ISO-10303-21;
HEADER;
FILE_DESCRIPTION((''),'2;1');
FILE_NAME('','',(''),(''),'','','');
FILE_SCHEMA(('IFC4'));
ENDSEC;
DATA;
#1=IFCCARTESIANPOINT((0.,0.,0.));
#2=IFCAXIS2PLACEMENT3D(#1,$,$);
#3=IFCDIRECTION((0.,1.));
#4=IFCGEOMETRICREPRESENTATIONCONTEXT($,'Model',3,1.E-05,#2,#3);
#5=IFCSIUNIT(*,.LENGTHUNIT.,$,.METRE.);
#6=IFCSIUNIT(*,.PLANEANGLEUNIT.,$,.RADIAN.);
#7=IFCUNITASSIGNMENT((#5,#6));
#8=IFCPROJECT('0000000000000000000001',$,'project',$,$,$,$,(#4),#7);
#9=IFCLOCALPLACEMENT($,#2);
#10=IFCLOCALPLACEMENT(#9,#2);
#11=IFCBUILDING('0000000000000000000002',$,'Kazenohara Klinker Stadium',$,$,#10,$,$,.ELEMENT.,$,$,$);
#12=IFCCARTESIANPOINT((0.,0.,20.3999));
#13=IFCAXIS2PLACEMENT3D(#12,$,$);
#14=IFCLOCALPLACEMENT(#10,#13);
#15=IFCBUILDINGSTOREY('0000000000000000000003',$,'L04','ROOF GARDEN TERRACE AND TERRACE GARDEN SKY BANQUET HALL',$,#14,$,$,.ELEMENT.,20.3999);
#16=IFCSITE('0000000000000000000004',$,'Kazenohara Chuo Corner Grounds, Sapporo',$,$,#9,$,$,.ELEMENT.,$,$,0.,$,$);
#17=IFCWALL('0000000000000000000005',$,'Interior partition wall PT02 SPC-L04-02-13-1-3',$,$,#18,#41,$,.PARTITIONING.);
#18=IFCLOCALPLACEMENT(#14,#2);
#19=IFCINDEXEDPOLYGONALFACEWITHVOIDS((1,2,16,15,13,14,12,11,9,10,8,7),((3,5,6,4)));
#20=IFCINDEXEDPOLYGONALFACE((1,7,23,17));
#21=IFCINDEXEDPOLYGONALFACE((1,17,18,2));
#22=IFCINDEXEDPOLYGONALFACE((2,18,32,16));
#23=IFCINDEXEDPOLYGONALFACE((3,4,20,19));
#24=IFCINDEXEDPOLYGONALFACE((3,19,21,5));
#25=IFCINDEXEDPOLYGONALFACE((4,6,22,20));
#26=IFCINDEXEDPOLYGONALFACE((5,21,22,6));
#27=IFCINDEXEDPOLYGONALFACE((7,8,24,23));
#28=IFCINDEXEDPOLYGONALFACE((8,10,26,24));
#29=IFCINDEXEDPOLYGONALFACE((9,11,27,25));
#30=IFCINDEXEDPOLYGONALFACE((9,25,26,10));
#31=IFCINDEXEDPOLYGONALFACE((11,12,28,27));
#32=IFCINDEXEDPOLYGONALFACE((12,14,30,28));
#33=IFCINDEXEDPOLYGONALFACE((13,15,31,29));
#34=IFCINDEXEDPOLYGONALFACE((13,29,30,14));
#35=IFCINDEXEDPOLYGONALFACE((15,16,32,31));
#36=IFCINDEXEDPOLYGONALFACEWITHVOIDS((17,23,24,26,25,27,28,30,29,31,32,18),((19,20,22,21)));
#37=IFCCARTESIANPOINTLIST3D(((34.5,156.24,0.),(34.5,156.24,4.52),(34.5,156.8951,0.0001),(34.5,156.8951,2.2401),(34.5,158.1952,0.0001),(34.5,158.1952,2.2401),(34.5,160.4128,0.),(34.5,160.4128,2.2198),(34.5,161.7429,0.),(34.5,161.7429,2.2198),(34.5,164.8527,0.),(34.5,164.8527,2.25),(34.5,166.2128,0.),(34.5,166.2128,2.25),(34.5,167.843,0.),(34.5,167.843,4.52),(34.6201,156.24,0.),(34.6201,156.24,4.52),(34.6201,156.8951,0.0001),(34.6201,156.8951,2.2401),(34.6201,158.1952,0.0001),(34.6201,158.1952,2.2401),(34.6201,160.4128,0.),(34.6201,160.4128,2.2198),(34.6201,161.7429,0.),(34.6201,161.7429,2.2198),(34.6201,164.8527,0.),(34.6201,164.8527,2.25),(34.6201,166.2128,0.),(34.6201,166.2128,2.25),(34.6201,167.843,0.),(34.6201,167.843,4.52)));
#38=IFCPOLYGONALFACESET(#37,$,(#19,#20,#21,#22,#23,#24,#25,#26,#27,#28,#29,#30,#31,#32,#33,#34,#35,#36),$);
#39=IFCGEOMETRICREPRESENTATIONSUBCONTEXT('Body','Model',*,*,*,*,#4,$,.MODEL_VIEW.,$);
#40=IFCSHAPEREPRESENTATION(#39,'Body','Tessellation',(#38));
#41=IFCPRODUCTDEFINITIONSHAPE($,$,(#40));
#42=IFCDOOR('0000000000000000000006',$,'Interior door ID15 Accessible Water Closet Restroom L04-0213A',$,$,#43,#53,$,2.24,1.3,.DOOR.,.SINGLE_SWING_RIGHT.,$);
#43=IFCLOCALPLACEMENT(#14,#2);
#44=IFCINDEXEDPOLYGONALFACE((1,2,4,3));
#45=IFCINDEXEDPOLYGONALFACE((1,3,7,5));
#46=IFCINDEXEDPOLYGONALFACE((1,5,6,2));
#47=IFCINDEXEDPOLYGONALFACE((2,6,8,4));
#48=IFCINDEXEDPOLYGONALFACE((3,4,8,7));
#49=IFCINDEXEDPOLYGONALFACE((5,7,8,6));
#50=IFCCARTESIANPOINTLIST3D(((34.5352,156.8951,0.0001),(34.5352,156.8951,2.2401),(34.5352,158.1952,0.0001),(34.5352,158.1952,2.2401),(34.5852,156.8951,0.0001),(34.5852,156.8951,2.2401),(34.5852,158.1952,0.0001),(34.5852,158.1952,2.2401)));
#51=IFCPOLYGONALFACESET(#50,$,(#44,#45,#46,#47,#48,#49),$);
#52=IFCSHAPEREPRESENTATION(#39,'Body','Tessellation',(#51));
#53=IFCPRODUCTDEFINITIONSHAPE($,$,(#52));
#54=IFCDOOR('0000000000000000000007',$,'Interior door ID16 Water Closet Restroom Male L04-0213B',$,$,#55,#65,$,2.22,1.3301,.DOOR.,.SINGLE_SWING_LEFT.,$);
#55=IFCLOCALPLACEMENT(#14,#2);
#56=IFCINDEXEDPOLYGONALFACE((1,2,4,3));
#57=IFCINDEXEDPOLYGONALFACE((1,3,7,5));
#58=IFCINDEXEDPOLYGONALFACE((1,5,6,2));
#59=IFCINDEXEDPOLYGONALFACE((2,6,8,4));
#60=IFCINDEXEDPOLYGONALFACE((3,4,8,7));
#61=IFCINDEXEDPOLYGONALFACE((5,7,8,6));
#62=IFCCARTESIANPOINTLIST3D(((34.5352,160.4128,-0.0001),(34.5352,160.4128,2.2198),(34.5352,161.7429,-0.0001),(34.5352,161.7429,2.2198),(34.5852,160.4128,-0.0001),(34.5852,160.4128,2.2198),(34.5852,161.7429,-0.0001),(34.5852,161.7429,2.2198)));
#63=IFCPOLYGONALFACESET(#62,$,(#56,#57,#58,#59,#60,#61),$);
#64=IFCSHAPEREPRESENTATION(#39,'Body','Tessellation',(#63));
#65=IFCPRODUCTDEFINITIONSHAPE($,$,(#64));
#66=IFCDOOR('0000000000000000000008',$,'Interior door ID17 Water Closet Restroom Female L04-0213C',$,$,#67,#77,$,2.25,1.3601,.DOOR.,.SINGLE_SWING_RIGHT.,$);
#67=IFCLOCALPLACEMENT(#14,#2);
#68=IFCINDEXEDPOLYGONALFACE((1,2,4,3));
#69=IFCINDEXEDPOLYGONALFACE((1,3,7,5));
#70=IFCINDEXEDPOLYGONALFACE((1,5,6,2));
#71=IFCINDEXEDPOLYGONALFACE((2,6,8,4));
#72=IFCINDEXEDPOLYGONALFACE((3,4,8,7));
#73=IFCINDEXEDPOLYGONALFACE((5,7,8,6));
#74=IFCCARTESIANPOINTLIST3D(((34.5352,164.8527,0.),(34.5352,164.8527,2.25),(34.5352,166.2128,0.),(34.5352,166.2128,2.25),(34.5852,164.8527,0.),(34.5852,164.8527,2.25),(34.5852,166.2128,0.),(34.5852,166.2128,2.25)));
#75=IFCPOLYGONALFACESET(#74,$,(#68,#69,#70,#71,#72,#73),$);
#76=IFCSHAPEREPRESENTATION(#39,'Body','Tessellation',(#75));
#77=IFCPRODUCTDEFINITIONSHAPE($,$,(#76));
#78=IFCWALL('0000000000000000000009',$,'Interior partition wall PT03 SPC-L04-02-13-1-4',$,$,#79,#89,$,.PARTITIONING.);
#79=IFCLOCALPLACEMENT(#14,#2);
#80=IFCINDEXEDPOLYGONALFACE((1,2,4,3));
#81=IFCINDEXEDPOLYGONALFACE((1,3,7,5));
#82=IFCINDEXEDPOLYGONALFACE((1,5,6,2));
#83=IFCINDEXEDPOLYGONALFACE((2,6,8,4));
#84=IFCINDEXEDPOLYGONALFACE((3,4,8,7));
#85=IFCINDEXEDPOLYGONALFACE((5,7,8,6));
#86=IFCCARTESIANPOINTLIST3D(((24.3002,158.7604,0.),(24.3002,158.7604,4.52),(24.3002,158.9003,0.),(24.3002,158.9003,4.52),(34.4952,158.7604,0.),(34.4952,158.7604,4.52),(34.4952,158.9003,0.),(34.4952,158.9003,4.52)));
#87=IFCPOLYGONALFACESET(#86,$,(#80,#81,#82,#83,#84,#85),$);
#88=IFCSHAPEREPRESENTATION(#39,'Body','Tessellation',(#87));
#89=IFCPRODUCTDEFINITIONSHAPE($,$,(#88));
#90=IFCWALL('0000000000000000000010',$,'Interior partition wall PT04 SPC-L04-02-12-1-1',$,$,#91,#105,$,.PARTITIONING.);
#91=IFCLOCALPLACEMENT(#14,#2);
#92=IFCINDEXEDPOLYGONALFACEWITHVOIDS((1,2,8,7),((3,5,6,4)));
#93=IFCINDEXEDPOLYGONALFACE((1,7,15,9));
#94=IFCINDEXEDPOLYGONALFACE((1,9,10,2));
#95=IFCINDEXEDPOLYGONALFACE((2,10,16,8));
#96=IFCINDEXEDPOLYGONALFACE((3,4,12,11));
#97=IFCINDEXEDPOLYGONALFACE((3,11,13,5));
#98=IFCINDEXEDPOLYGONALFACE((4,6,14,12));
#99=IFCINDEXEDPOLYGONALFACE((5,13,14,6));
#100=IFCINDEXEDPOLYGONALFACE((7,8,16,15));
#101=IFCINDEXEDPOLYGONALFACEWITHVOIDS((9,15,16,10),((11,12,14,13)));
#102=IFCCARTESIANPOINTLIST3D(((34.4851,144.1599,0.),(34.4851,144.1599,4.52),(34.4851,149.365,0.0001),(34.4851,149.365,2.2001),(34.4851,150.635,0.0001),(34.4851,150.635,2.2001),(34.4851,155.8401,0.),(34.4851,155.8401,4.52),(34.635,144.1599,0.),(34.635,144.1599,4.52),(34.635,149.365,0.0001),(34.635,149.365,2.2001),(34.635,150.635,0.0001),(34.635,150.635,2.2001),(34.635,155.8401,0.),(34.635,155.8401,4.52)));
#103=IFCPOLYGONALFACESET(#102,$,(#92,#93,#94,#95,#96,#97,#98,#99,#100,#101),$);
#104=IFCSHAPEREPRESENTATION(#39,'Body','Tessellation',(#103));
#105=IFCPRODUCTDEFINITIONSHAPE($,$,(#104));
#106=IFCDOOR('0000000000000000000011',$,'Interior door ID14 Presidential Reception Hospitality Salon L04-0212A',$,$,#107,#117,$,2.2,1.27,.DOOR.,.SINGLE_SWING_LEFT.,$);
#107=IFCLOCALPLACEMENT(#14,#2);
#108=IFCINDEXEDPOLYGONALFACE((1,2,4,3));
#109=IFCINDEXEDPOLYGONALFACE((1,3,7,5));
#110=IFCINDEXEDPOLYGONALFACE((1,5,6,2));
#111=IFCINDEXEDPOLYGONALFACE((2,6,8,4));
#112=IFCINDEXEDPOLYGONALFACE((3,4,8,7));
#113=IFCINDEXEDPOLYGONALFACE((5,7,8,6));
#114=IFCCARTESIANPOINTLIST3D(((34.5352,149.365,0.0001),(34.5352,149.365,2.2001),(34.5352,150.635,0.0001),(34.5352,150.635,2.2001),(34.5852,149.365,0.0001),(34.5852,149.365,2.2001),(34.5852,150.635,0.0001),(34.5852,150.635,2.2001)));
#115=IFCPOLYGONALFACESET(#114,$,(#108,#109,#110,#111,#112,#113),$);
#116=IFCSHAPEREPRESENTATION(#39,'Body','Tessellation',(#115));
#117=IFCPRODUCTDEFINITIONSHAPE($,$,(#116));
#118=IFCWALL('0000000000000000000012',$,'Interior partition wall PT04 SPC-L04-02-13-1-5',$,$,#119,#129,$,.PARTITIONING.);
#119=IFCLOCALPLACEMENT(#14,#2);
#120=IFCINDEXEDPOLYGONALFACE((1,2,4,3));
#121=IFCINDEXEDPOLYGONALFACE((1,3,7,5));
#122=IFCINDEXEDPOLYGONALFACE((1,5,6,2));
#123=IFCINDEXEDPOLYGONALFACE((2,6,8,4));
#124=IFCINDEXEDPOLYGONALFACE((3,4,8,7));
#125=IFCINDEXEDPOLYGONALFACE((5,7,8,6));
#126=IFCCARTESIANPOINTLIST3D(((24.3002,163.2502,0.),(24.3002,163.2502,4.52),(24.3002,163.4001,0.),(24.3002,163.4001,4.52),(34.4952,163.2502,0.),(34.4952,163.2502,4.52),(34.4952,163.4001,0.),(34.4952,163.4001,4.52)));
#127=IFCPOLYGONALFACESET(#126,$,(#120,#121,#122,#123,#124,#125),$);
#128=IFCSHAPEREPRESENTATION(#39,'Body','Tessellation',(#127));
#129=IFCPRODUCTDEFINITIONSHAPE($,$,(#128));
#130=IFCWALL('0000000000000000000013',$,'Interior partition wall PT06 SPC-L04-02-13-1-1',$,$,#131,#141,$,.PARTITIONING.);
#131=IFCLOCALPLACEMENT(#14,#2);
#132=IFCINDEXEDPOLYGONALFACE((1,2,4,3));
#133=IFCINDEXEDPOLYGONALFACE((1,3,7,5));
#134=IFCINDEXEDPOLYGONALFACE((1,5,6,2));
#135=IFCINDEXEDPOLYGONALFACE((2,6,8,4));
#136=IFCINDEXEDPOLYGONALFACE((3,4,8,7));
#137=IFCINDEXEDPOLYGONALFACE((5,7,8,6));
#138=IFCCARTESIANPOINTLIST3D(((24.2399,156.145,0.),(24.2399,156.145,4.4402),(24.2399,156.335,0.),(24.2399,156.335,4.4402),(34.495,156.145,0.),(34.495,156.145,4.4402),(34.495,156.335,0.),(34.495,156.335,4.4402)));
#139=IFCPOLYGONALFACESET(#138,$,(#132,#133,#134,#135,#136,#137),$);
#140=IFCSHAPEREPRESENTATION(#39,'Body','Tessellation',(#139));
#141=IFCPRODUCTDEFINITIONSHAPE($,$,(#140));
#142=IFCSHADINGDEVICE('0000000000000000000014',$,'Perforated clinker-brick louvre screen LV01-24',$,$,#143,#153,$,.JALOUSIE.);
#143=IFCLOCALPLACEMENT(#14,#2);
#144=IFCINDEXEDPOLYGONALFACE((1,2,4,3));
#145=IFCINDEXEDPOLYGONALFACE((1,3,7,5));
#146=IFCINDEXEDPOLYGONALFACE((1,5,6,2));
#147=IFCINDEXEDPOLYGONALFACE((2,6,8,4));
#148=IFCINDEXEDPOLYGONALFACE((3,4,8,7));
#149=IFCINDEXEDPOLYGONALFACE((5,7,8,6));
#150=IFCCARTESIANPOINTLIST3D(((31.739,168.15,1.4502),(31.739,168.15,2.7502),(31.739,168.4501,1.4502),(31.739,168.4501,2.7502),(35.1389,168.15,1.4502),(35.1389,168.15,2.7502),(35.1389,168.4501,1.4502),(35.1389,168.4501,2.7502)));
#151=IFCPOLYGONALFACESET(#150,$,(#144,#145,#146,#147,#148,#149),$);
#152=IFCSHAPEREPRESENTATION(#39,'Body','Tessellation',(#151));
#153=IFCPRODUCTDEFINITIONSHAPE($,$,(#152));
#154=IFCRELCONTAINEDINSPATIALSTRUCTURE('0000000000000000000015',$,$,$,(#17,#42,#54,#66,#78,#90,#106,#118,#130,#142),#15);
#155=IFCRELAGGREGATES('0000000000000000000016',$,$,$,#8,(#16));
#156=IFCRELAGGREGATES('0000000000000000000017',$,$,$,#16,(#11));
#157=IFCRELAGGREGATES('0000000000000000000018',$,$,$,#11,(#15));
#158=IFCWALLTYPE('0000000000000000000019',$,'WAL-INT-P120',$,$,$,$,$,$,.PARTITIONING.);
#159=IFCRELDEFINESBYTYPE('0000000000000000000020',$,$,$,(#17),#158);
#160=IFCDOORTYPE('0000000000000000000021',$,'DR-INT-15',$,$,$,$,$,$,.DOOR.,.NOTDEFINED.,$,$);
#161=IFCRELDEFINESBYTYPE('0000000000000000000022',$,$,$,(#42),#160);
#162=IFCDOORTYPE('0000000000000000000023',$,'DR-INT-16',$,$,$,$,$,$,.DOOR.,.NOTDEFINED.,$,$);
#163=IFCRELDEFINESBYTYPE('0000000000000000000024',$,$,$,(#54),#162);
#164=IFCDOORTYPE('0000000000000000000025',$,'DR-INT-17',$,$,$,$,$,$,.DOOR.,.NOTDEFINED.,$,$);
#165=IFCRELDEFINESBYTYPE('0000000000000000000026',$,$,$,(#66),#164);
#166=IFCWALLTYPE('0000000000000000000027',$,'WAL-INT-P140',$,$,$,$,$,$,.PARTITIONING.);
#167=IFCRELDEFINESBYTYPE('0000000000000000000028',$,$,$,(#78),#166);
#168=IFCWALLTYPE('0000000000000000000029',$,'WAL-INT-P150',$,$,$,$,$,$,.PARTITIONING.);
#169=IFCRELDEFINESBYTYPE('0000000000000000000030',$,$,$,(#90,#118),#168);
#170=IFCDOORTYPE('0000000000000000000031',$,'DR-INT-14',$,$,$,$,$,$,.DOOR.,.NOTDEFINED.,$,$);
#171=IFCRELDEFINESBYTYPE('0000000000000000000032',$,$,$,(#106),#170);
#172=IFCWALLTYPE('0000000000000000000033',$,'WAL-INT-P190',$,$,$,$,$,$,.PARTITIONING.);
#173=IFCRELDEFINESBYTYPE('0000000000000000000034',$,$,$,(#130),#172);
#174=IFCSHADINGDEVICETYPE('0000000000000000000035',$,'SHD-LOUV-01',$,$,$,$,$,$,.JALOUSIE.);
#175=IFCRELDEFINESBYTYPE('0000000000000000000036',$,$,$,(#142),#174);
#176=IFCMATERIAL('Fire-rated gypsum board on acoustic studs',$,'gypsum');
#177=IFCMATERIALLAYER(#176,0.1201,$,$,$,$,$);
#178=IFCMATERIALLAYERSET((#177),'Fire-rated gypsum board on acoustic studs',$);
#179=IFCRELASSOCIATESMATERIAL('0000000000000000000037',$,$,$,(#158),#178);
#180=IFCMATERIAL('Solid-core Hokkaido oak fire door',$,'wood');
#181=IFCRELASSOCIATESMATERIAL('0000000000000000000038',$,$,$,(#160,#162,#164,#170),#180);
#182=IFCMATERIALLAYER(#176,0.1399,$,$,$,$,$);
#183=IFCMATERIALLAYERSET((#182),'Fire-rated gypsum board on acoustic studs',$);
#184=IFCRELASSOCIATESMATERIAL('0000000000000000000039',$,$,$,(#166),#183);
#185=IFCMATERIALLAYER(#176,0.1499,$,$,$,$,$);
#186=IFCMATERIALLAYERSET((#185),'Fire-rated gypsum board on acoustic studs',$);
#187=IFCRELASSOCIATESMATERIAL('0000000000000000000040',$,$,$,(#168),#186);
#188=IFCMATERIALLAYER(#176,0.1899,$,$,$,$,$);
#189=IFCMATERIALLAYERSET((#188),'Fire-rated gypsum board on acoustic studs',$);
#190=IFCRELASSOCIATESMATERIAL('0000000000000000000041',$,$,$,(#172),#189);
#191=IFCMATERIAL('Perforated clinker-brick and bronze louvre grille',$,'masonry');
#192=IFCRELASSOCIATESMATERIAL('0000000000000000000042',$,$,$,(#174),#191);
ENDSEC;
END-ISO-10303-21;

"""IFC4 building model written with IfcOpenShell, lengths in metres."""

from ifc_helpers import new_model, si_unit, direction, frame, frame_2d, origin, origin_2d, place, context, subcontext, project, spatial, rectangle, extrude, material, layer, layer_set, type_object, element, fill, save


model = new_model("IFC4")

# Units and contexts
model_context = context("Model", 3, precision=1e-05, world=origin(), true_north=direction((0.0, 1.0)))
body_context = subcontext(model_context, "Body", "Model", "MODEL_VIEW")
ifc_project = project(units=[si_unit("LENGTHUNIT", "METRE"), si_unit("PLANEANGLEUNIT", "RADIAN")], contexts=[model_context])

# Site, building, storey
site_placement = place(None, origin())
site = spatial("IfcSite", under=ifc_project, at=site_placement, Name="Kazenohara Chuo Corner Grounds, Sapporo", CompositionType="ELEMENT", RefElevation=0.0)
building_placement = place(site_placement, origin())
building = spatial("IfcBuilding", under=site, at=building_placement, Name="Kazenohara Klinker Stadium", CompositionType="ELEMENT")
storey_placement = place(building_placement, frame((0.0, 0.0, 20.3999)))
storey = spatial("IfcBuildingStorey", under=building, at=storey_placement, Name="L04", Description="ROOF GARDEN TERRACE AND TERRACE GARDEN SKY BANQUET HALL", CompositionType="ELEMENT", Elevation=20.3999)

# Shared definitions
ifc_material_1 = material(Name="Fire-rated gypsum board on acoustic studs", Category="gypsum")

# Wall, openings, doors
ifc_layer_1 = layer(ifc_material_1, 0.1201)
ifc_layer_set_1 = layer_set([ifc_layer_1], Name="Fire-rated gypsum board on acoustic studs")
wall_type_1 = type_object("IfcWallType", Name="WAL-INT-P120", PredefinedType="PARTITIONING", material=ifc_layer_set_1)
wall_1_placement = place(storey_placement, frame((34.5601, 156.24, 0.0), z_axis=(0.0, 0.0, 1.0), x_axis=(0.0, 1.0, 0.0)))
wall_1 = element("IfcWall", 1, at=wall_1_placement, inside=storey, type_object=wall_type_1, Name="Interior partition wall PT02 SPC-L04-02-13-1-3", PredefinedType="PARTITIONING", context=body_context, shape_type="SweptSolid", body=[
    extrude(rectangle(XDim=11.603, YDim=0.1201, at=frame_2d((5.8015, 0.0))), origin(), (0.0, 0.0, 1.0), 4.52),
])
opening_1_placement = place(wall_1_placement, frame((0.6553, 0.0, 0.0)))
opening_1 = element("IfcOpeningElement", 2, at=opening_1_placement, cuts=wall_1, PredefinedType="OPENING", context=body_context, shape_type="SweptSolid", body=[
    extrude(rectangle(XDim=1.3, YDim=2.24, at=frame_2d((0.6499, 1.1201))), frame((0.0, 0.0701, 0.0), z_axis=(0.0, -1.0, 0.0), x_axis=(1.0, 0.0, 0.0)), (0.0, 0.0, 1.0), 0.1401),
])
opening_2_placement = place(wall_1_placement, frame((4.1729, 0.0, 0.0)))
opening_2 = element("IfcOpeningElement", 3, at=opening_2_placement, cuts=wall_1, PredefinedType="OPENING", context=body_context, shape_type="SweptSolid", body=[
    extrude(rectangle(XDim=1.3301, YDim=2.22, at=frame_2d((0.665, 1.1099))), frame((0.0, 0.0701, 0.0), z_axis=(0.0, -1.0, 0.0), x_axis=(1.0, 0.0, 0.0)), (0.0, 0.0, 1.0), 0.1401),
])
opening_3_placement = place(wall_1_placement, frame((8.6125, 0.0, 0.0)))
opening_3 = element("IfcOpeningElement", 4, at=opening_3_placement, cuts=wall_1, PredefinedType="OPENING", context=body_context, shape_type="SweptSolid", body=[
    extrude(rectangle(XDim=1.3601, YDim=2.25, at=frame_2d((0.6802, 1.125))), frame((0.0, 0.0701, 0.0), z_axis=(0.0, -1.0, 0.0), x_axis=(1.0, 0.0, 0.0)), (0.0, 0.0, 1.0), 0.1401),
])
ifc_material_2 = material(Name="Solid-core Hokkaido oak fire door", Category="wood")
door_type_1 = type_object("IfcDoorType", Name="DR-INT-15", OperationType="NOTDEFINED", PredefinedType="DOOR", material=ifc_material_2)
door_1_placement = place(opening_1_placement, origin())
door_1 = element("IfcDoor", 5, at=door_1_placement, inside=storey, type_object=door_type_1, Name="Interior door ID15 Accessible Water Closet Restroom L04-0213A", OperationType="SINGLE_SWING_RIGHT", OverallHeight=2.24, OverallWidth=1.3, PredefinedType="DOOR", context=body_context, shape_type="SweptSolid", body=[
    extrude(rectangle(XDim=1.3, YDim=2.24, at=frame_2d((0.6499, 1.1201))), frame((0.0, 0.0249, 0.0), z_axis=(0.0, -1.0, 0.0), x_axis=(1.0, 0.0, 0.0)), (0.0, 0.0, 1.0), 0.05),
])
fill(opening_1, door_1)
door_type_2 = type_object("IfcDoorType", Name="DR-INT-16", OperationType="NOTDEFINED", PredefinedType="DOOR", material=ifc_material_2)
door_2_placement = place(opening_2_placement, origin())
door_2 = element("IfcDoor", 6, at=door_2_placement, inside=storey, type_object=door_type_2, Name="Interior door ID16 Water Closet Restroom Male L04-0213B", OperationType="SINGLE_SWING_LEFT", OverallHeight=2.22, OverallWidth=1.3301, PredefinedType="DOOR", context=body_context, shape_type="SweptSolid", body=[
    extrude(rectangle(XDim=1.3301, YDim=2.22, at=frame_2d((0.665, 1.1099))), frame((0.0, 0.0249, 0.0), z_axis=(0.0, -1.0, 0.0), x_axis=(1.0, 0.0, 0.0)), (0.0, 0.0, 1.0), 0.05),
])
fill(opening_2, door_2)
door_type_3 = type_object("IfcDoorType", Name="DR-INT-17", OperationType="NOTDEFINED", PredefinedType="DOOR", material=ifc_material_2)
door_3_placement = place(opening_3_placement, origin())
door_3 = element("IfcDoor", 7, at=door_3_placement, inside=storey, type_object=door_type_3, Name="Interior door ID17 Water Closet Restroom Female L04-0213C", OperationType="SINGLE_SWING_RIGHT", OverallHeight=2.25, OverallWidth=1.3601, PredefinedType="DOOR", context=body_context, shape_type="SweptSolid", body=[
    extrude(rectangle(XDim=1.3601, YDim=2.25, at=frame_2d((0.6802, 1.125))), frame((0.0, 0.0249, 0.0), z_axis=(0.0, -1.0, 0.0), x_axis=(1.0, 0.0, 0.0)), (0.0, 0.0, 1.0), 0.05),
])
fill(opening_3, door_3)

# Wall
ifc_layer_2 = layer(ifc_material_1, 0.1399)
ifc_layer_set_2 = layer_set([ifc_layer_2], Name="Fire-rated gypsum board on acoustic studs")
wall_type_2 = type_object("IfcWallType", Name="WAL-INT-P140", PredefinedType="PARTITIONING", material=ifc_layer_set_2)
wall_2_placement = place(storey_placement, frame((24.3, 158.8303, 0.0), z_axis=(0.0, 0.0, 1.0), x_axis=(1.0, 0.0, 0.0)))
element("IfcWall", 8, at=wall_2_placement, inside=storey, type_object=wall_type_2, Name="Interior partition wall PT03 SPC-L04-02-13-1-4", PredefinedType="PARTITIONING", context=body_context, shape_type="SweptSolid", body=[
    extrude(rectangle(XDim=10.1951, YDim=0.1399, at=frame_2d((5.0977, 0.0))), origin(), (0.0, 0.0, 1.0), 4.52),
])

# Wall, opening, door
ifc_layer_3 = layer(ifc_material_1, 0.1499)
ifc_layer_set_3 = layer_set([ifc_layer_3], Name="Fire-rated gypsum board on acoustic studs")
wall_type_3 = type_object("IfcWallType", Name="WAL-INT-P150", PredefinedType="PARTITIONING", material=ifc_layer_set_3)
wall_3_placement = place(storey_placement, frame((34.5601, 144.1599, 0.0), z_axis=(0.0, 0.0, 1.0), x_axis=(0.0, 1.0, 0.0)))
wall_3 = element("IfcWall", 9, at=wall_3_placement, inside=storey, type_object=wall_type_3, Name="Interior partition wall PT04 SPC-L04-02-12-1-1", PredefinedType="PARTITIONING", context=body_context, shape_type="SweptSolid", body=[
    extrude(rectangle(XDim=11.6802, YDim=0.1499, at=frame_2d((5.8401, 0.0))), origin(), (0.0, 0.0, 1.0), 4.52),
])
opening_4_placement = place(wall_3_placement, frame((5.2051, 0.0, 0.0)))
opening_4 = element("IfcOpeningElement", 10, at=opening_4_placement, cuts=wall_3, PredefinedType="OPENING", context=body_context, shape_type="SweptSolid", body=[
    extrude(rectangle(XDim=1.27, YDim=2.2, at=frame_2d((0.635, 1.1001))), frame((0.0, 0.085, 0.0), z_axis=(0.0, -1.0, 0.0), x_axis=(1.0, 0.0, 0.0)), (0.0, 0.0, 1.0), 0.1699),
])
door_type_4 = type_object("IfcDoorType", Name="DR-INT-14", OperationType="NOTDEFINED", PredefinedType="DOOR", material=ifc_material_2)
door_4_placement = place(opening_4_placement, origin())
door_4 = element("IfcDoor", 11, at=door_4_placement, inside=storey, type_object=door_type_4, Name="Interior door ID14 Presidential Reception Hospitality Salon L04-0212A", OperationType="SINGLE_SWING_LEFT", OverallHeight=2.2, OverallWidth=1.27, PredefinedType="DOOR", context=body_context, shape_type="SweptSolid", body=[
    extrude(rectangle(XDim=1.27, YDim=2.2, at=frame_2d((0.635, 1.1001))), frame((0.0, 0.0249, 0.0), z_axis=(0.0, -1.0, 0.0), x_axis=(1.0, 0.0, 0.0)), (0.0, 0.0, 1.0), 0.05),
])
fill(opening_4, door_4)

# Walls
wall_4_placement = place(storey_placement, frame((24.3, 163.3252, 0.0), z_axis=(0.0, 0.0, 1.0), x_axis=(1.0, 0.0, 0.0)))
element("IfcWall", 12, at=wall_4_placement, inside=storey, type_object=wall_type_3, Name="Interior partition wall PT04 SPC-L04-02-13-1-5", PredefinedType="PARTITIONING", context=body_context, shape_type="SweptSolid", body=[
    extrude(rectangle(XDim=10.1951, YDim=0.1499, at=frame_2d((5.0977, 0.0))), origin(), (0.0, 0.0, 1.0), 4.52),
])
ifc_layer_4 = layer(ifc_material_1, 0.1899)
ifc_layer_set_4 = layer_set([ifc_layer_4], Name="Fire-rated gypsum board on acoustic studs")
wall_type_4 = type_object("IfcWallType", Name="WAL-INT-P190", PredefinedType="PARTITIONING", material=ifc_layer_set_4)
wall_5_placement = place(storey_placement, frame((24.24, 156.24, 0.0), z_axis=(0.0, 0.0, 1.0), x_axis=(1.0, 0.0, 0.0)))
element("IfcWall", 13, at=wall_5_placement, inside=storey, type_object=wall_type_4, Name="Interior partition wall PT06 SPC-L04-02-13-1-1", PredefinedType="PARTITIONING", context=body_context, shape_type="SweptSolid", body=[
    extrude(rectangle(XDim=10.2551, YDim=0.1899, at=frame_2d((5.1274, 0.0))), origin(), (0.0, 0.0, 1.0), 4.4402),
])

# Shading device
ifc_material_3 = material(Name="Perforated clinker-brick and bronze louvre grille", Category="masonry")
shading_device_type = type_object("IfcShadingDeviceType", Name="SHD-LOUV-01", PredefinedType="JALOUSIE", material=ifc_material_3)
shading_device_placement = place(storey_placement, frame((33.439, 168.3, 1.4502), z_axis=(0.0, 0.0, 1.0), x_axis=(1.0, 0.0, 0.0)))
element("IfcShadingDevice", 14, at=shading_device_placement, inside=storey, type_object=shading_device_type, Name="Perforated clinker-brick louvre screen LV01-24", PredefinedType="JALOUSIE", context=body_context, shape_type="SweptSolid", body=[
    extrude(rectangle(XDim=3.3999, YDim=0.3, at=origin_2d()), origin(), (0.0, 0.0, 1.0), 1.3),
])

save(model, "model.ifc")
